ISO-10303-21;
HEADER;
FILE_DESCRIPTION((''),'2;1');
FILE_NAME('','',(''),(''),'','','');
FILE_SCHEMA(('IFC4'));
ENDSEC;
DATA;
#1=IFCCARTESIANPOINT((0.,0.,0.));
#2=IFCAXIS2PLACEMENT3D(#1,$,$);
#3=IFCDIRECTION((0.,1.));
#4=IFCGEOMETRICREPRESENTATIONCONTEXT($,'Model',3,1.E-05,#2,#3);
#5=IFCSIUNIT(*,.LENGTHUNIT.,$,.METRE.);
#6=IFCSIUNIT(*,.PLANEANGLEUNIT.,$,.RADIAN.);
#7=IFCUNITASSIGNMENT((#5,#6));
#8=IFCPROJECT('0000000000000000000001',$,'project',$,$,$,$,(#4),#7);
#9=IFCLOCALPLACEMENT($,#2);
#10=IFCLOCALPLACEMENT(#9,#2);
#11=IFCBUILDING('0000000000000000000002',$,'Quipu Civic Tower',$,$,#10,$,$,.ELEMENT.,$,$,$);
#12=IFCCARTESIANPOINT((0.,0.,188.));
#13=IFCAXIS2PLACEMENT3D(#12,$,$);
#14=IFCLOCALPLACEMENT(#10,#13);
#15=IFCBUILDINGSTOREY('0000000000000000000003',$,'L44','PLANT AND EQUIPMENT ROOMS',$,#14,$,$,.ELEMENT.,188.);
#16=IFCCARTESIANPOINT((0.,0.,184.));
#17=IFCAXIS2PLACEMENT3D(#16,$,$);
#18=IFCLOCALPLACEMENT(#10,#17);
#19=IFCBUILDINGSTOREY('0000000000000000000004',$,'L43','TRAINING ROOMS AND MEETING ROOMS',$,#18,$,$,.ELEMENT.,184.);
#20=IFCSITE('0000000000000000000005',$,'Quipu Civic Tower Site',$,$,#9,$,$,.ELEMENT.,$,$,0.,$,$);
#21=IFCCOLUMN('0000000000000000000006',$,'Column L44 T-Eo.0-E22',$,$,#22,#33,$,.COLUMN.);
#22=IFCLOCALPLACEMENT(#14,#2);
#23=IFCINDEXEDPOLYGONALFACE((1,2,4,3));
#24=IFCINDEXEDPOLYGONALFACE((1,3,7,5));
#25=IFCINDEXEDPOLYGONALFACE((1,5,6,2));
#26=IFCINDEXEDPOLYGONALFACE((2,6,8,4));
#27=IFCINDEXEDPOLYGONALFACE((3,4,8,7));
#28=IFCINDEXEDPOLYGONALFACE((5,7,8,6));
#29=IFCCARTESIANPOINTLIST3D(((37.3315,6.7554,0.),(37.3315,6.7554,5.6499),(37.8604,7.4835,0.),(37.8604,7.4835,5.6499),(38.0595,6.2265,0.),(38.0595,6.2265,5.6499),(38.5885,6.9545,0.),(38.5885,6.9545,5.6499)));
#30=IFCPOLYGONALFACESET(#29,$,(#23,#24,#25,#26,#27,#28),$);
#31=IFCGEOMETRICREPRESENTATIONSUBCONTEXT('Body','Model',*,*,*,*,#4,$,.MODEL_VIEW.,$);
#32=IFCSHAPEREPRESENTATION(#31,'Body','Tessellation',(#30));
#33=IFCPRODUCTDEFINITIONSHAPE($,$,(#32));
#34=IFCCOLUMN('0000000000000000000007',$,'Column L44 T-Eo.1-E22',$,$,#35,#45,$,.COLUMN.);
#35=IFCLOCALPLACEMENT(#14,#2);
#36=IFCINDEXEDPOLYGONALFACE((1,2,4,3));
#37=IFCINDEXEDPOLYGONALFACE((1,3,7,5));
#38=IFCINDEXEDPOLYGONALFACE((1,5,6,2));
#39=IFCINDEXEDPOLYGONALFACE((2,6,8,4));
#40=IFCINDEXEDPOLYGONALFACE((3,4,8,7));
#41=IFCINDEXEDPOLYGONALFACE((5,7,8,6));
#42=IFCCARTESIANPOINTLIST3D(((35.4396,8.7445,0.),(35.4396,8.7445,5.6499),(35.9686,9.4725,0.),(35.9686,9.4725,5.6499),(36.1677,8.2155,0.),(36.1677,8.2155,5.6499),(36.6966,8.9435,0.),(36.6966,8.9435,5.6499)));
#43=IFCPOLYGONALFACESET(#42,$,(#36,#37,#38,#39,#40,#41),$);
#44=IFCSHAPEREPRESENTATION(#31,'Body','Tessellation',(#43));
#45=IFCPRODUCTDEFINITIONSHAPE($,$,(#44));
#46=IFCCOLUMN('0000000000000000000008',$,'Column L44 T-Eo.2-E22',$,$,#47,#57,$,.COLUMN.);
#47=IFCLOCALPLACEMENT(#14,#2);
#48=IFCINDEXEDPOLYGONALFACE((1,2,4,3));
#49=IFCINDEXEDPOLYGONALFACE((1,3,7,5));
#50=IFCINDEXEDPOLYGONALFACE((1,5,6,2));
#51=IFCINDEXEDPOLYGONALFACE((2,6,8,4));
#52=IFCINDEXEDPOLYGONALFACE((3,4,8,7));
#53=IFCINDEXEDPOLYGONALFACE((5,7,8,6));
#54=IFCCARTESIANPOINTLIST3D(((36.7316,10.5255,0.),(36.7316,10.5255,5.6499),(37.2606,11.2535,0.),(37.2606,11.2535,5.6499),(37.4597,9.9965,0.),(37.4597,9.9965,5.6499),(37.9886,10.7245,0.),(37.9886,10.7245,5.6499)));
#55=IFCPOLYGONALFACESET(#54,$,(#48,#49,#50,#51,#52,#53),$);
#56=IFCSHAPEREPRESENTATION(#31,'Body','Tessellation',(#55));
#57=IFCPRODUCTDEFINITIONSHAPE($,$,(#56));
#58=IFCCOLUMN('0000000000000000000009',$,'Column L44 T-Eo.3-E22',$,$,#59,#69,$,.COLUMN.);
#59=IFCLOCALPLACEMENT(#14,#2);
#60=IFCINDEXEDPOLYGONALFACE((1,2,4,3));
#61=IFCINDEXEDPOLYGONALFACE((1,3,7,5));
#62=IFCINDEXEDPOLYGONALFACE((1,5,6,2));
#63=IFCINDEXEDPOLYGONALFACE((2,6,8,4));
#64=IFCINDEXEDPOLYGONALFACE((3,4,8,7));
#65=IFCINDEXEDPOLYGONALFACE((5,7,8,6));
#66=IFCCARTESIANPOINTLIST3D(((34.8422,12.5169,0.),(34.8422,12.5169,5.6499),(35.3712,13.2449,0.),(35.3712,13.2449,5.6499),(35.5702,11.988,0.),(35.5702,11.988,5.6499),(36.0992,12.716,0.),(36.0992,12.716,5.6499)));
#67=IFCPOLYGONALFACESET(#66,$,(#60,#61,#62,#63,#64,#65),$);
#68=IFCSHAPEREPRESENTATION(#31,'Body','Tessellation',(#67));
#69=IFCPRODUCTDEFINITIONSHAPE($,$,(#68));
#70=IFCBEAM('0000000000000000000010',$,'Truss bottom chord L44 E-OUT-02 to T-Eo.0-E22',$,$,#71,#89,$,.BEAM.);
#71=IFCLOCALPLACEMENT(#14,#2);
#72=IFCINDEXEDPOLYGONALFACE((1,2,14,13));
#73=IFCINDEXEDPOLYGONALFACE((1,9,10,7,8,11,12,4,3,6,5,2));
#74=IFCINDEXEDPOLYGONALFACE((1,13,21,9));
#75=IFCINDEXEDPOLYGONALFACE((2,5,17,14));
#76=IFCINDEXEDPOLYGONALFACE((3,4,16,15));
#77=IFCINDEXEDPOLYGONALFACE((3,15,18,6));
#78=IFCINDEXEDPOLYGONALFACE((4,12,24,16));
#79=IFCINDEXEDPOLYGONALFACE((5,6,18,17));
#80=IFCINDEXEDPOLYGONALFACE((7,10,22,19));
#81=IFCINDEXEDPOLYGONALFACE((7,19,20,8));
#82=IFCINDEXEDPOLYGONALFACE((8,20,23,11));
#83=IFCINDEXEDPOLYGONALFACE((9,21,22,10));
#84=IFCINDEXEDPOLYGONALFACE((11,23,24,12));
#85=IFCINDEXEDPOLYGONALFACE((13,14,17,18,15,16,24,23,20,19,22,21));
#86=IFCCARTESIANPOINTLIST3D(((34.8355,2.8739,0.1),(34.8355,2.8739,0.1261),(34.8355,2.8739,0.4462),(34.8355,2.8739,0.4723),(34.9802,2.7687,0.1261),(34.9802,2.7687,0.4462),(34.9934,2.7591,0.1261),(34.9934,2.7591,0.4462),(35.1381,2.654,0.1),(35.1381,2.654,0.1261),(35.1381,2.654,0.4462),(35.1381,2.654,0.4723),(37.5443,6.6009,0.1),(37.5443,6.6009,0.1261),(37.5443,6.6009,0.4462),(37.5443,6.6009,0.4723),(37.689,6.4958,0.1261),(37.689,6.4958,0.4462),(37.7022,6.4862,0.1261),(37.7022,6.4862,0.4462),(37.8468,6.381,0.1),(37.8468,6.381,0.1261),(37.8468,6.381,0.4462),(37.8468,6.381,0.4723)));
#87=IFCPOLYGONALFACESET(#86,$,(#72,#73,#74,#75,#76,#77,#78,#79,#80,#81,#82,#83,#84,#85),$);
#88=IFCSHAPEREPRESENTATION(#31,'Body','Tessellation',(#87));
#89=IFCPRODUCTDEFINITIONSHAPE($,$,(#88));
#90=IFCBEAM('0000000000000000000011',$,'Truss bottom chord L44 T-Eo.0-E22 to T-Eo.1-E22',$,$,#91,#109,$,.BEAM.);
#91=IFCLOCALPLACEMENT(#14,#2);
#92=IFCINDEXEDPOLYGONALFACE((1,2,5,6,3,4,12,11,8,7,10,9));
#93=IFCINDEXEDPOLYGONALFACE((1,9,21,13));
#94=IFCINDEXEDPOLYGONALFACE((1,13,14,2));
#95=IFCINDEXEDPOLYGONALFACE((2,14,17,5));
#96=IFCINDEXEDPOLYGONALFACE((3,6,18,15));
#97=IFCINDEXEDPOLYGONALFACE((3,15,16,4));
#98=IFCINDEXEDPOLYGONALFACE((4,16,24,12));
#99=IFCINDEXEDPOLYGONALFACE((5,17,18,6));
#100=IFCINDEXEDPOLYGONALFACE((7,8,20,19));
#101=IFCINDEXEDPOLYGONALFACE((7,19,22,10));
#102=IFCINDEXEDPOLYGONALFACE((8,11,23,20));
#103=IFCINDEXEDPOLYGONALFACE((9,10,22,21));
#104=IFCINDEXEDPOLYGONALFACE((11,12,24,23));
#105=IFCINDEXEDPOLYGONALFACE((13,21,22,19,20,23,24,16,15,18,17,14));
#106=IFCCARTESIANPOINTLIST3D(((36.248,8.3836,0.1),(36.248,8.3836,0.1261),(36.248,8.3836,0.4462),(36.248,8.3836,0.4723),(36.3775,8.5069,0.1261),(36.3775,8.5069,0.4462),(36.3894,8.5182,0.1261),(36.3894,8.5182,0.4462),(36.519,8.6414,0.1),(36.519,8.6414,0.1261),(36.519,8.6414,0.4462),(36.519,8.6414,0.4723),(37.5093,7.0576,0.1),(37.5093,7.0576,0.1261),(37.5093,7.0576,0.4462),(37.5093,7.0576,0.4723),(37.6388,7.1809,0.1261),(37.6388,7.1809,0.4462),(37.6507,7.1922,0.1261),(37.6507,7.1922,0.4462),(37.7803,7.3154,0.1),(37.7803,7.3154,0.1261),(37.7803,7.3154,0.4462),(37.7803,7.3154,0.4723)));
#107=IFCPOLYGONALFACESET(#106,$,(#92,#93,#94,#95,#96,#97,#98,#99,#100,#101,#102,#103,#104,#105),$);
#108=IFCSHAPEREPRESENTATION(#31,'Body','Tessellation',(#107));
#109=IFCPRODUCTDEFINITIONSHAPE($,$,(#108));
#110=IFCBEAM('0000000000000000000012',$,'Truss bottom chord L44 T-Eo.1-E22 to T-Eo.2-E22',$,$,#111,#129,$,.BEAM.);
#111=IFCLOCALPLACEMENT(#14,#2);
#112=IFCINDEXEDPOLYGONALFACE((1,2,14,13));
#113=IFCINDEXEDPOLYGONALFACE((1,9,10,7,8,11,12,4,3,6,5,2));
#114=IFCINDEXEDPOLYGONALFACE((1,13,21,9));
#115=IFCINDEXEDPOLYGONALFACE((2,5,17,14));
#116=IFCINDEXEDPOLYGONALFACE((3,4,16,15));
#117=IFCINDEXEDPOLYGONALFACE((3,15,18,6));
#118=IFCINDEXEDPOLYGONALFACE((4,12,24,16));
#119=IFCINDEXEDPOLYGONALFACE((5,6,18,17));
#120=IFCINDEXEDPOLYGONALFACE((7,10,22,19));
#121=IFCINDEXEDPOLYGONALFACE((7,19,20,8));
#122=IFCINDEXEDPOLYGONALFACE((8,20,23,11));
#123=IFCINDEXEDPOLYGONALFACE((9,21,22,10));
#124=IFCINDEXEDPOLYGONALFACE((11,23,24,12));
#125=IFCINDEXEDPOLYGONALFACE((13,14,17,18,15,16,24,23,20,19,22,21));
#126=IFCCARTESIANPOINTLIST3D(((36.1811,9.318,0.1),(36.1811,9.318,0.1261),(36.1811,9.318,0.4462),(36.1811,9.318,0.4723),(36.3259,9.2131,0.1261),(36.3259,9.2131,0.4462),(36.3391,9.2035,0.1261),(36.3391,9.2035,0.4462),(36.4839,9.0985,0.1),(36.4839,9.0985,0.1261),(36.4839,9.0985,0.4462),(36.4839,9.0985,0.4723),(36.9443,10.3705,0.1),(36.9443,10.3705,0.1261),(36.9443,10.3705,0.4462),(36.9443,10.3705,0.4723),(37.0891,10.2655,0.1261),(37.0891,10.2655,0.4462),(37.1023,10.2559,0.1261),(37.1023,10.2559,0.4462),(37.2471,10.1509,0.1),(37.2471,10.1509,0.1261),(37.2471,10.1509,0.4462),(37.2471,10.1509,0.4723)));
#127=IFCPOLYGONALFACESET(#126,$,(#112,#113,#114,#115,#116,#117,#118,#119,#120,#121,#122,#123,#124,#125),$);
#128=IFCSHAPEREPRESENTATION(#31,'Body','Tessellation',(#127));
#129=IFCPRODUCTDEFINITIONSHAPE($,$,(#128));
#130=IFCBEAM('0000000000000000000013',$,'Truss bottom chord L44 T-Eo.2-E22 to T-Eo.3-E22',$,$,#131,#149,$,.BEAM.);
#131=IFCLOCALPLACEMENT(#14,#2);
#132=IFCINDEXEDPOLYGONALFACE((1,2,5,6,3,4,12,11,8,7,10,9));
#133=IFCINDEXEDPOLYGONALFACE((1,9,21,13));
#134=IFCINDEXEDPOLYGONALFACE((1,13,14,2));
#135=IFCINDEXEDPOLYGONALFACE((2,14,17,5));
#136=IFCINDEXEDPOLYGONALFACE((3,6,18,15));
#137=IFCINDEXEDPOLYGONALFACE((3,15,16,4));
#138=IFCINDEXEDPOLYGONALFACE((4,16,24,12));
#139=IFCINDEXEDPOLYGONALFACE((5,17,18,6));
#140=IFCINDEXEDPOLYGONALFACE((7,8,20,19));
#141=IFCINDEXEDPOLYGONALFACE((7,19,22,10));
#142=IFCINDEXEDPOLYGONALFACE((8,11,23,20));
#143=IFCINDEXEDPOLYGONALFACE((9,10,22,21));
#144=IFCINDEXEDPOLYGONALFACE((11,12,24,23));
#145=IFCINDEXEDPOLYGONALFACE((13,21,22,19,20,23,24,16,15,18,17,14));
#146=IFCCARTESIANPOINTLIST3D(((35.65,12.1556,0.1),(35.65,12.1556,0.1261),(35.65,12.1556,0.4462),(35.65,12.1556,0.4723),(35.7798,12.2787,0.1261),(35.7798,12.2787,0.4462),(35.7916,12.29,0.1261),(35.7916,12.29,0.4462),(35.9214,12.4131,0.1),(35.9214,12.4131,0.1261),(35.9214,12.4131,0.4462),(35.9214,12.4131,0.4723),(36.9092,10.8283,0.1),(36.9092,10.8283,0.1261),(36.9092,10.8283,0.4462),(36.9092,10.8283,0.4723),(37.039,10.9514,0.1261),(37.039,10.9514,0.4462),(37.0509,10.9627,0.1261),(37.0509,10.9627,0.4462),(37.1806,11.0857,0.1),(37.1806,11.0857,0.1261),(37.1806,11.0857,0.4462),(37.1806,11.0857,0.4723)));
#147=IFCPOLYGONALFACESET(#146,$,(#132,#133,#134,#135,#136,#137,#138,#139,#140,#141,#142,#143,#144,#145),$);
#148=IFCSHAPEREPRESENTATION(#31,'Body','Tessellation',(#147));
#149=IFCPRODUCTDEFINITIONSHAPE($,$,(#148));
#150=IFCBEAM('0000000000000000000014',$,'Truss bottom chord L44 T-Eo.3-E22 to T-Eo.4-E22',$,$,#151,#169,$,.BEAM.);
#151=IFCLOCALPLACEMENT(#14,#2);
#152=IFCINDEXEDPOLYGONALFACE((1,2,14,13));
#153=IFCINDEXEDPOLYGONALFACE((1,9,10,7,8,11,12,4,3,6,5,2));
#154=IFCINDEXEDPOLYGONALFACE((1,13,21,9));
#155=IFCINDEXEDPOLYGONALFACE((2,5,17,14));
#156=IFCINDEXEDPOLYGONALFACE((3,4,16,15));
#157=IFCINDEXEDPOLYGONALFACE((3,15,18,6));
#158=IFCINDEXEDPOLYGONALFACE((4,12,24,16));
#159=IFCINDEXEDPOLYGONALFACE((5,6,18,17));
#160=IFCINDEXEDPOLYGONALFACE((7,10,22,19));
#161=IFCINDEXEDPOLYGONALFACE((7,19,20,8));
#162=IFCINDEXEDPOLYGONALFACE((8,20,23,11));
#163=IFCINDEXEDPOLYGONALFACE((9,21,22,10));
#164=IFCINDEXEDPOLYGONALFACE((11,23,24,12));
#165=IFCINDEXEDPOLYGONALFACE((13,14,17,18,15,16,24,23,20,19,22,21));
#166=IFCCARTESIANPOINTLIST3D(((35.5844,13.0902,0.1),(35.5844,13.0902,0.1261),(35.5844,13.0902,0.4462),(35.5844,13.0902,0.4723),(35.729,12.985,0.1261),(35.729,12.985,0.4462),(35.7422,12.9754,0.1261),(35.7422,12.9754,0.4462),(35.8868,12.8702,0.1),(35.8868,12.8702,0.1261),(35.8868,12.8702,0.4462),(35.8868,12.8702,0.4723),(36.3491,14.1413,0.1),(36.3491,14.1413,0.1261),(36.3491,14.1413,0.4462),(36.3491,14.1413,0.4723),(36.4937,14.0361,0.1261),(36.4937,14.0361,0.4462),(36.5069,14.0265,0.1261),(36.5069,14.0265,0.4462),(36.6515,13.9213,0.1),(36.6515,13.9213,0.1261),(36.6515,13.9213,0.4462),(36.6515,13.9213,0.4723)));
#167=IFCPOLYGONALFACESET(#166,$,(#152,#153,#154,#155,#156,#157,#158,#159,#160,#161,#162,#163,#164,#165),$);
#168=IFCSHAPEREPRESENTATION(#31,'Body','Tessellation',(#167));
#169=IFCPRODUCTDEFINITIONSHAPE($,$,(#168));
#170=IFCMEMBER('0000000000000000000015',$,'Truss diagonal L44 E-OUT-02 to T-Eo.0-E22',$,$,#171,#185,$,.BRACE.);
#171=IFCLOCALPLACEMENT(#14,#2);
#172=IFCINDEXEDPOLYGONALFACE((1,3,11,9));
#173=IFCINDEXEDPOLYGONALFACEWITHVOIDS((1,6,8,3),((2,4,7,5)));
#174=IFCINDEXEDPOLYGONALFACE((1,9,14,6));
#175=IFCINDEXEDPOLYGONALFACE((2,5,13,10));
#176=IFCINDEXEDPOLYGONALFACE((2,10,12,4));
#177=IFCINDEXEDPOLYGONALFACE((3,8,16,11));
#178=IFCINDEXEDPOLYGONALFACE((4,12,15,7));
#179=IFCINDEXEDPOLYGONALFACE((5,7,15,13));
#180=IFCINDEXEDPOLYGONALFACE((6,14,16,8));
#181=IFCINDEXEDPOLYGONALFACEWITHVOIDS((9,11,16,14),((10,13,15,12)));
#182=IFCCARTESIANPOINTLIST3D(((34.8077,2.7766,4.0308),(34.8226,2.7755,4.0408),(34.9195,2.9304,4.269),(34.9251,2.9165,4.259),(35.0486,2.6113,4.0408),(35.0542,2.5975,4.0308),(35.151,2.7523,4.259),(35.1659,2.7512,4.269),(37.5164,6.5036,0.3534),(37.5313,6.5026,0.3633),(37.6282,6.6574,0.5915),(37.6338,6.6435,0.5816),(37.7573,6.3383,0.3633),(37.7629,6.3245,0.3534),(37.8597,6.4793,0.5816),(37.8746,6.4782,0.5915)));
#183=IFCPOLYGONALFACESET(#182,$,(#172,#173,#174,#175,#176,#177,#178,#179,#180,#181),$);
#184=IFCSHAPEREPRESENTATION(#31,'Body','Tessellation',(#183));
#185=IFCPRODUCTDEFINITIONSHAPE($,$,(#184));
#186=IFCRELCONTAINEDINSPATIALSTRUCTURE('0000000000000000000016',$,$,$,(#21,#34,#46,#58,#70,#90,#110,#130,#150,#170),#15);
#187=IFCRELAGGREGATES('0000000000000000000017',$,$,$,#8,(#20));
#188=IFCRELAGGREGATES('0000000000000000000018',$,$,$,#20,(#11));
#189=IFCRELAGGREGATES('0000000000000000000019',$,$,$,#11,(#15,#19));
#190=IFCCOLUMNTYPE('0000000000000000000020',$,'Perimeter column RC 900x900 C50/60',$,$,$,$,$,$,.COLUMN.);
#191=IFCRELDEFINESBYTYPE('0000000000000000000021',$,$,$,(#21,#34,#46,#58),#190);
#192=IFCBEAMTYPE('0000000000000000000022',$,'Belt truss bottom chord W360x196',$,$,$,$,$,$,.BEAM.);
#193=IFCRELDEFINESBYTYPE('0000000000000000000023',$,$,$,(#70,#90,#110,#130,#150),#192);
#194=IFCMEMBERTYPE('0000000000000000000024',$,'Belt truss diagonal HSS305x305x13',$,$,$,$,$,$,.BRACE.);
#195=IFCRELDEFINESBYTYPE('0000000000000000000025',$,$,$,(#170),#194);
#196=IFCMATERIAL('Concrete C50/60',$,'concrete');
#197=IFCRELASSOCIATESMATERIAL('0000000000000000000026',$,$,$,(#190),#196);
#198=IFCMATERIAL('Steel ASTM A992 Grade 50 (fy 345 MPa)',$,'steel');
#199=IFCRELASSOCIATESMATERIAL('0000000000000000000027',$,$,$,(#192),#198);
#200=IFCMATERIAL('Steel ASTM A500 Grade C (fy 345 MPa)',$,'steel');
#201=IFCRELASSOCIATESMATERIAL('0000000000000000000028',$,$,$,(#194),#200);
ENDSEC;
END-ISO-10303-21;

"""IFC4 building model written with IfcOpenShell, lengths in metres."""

from ifc_helpers import new_model, si_unit, direction, frame, origin, origin_2d, place, context, subcontext, project, spatial, rectangle, hollow_rectangle, i_section, extrude, material, material_profile, profile_set, type_object, element, save


model = new_model("IFC4")

# Units and contexts
model_context = context("Model", 3, precision=1e-05, world=origin(), true_north=direction((0.0, 1.0)))
body_context = subcontext(model_context, "Body", "Model", "MODEL_VIEW")
ifc_project = project(units=[si_unit("LENGTHUNIT", "METRE"), si_unit("PLANEANGLEUNIT", "RADIAN")], contexts=[model_context])

# Site, building, storey
site_placement = place(None, origin())
site = spatial("IfcSite", under=ifc_project, at=site_placement, Name="Quipu Civic Tower Site", CompositionType="ELEMENT", RefElevation=0.0)
building_placement = place(site_placement, origin())
building = spatial("IfcBuilding", under=site, at=building_placement, Name="Quipu Civic Tower", CompositionType="ELEMENT")
storey_1_placement = place(building_placement, frame((0.0, 0.0, 188.0)))
storey_1 = spatial("IfcBuildingStorey", under=building, at=storey_1_placement, Name="L44", Description="PLANT AND EQUIPMENT ROOMS", CompositionType="ELEMENT", Elevation=188.0)

# Columns
ifc_material_1 = material(Name="Concrete C50/60", Category="concrete")
ifc_material_profile_1 = material_profile(ifc_material_1, rectangle(XDim=0.8999, YDim=0.8999, at=origin_2d()), Name="RC900x900")
ifc_profile_set_1 = profile_set([ifc_material_profile_1], Name="Concrete C50/60")
column_type = type_object("IfcColumnType", Name="Perimeter column RC 900x900 C50/60", PredefinedType="COLUMN", material=ifc_profile_set_1)
for number, where, z_axis, x_axis, name in (
    (1, (37.96, 6.855, 0.0), (0.0, 0.0, 1.0), (0.587785, 0.809017, 0.0), "Column L44 T-Eo.0-E22"),
    (2, (36.0681, 8.844, 0.0), (0.0, 0.0, 1.0), (0.587785, 0.809017, 0.0), "Column L44 T-Eo.1-E22"),
    (3, (37.3601, 10.625, 0.0), (0.0, 0.0, 1.0), (0.587785, 0.809017, 0.0), "Column L44 T-Eo.2-E22"),
    (4, (35.4707, 12.6165, 0.0), (0.0, 0.0, 1.0), (-0.809017, 0.587785, 0.0), "Column L44 T-Eo.3-E22"),
):
    element("IfcColumn", number, at=place(storey_1_placement, frame(where, z_axis=z_axis, x_axis=x_axis)), inside=storey_1, type_object=column_type, Name=name, PredefinedType="COLUMN", context=body_context, shape_type="SweptSolid", body=[
        extrude(rectangle(XDim=0.8999, YDim=0.8999, at=origin_2d()), origin(), (0.0, 0.0, 1.0), 5.6499),
    ])

# Beams
ifc_material_2 = material(Name="Steel ASTM A992 Grade 50 (fy 345 MPa)", Category="steel")
ifc_material_profile_2 = material_profile(ifc_material_2, i_section(OverallWidth=0.374, OverallDepth=0.3723, WebThickness=0.0164, FlangeThickness=0.0261, at=origin_2d()), Name="W360x196")
ifc_profile_set_2 = profile_set([ifc_material_profile_2], Name="Steel ASTM A992 Grade 50 (fy 345 MPa)")
beam_type_1 = type_object("IfcBeamType", Name="Belt truss bottom chord W360x196", PredefinedType="BEAM", material=ifc_profile_set_2)
beam_1_placement = place(storey_1_placement, frame((34.9868, 2.7639, 0.2861), z_axis=(0.58791, 0.808926, 0.0), x_axis=(-0.808926, 0.58791, 0.0)))
element("IfcBeam", 5, at=beam_1_placement, inside=storey_1, type_object=beam_type_1, Name="Truss bottom chord L44 E-OUT-02 to T-Eo.0-E22", PredefinedType="BEAM", context=body_context, shape_type="SweptSolid", body=[
    extrude(i_section(OverallWidth=0.374, OverallDepth=0.3723, WebThickness=0.0164, FlangeThickness=0.0261, at=origin_2d()), origin(), (0.0, 0.0, 1.0), 4.6074),
])
beam_2_placement = place(storey_1_placement, frame((37.6448, 7.1865, 0.2861), z_axis=(-0.689209, 0.724563, 0.0), x_axis=(-0.724563, -0.689209, 0.0)))
element("IfcBeam", 6, at=beam_2_placement, inside=storey_1, type_object=beam_type_1, Name="Truss bottom chord L44 T-Eo.0-E22 to T-Eo.1-E22", PredefinedType="BEAM", context=body_context, shape_type="SweptSolid", body=[
    extrude(i_section(OverallWidth=0.374, OverallDepth=0.3723, WebThickness=0.0164, FlangeThickness=0.0261, at=origin_2d()), origin(), (0.0, 0.0, 1.0), 1.8301),
])
beam_3_placement = place(storey_1_placement, frame((36.3325, 9.2083, 0.2861), z_axis=(0.587032, 0.809564, 0.0), x_axis=(-0.809564, 0.587032, 0.0)))
element("IfcBeam", 7, at=beam_3_placement, inside=storey_1, type_object=beam_type_1, Name="Truss bottom chord L44 T-Eo.1-E22 to T-Eo.2-E22", PredefinedType="BEAM", context=body_context, shape_type="SweptSolid", body=[
    extrude(i_section(OverallWidth=0.374, OverallDepth=0.3723, WebThickness=0.0164, FlangeThickness=0.0261, at=origin_2d()), origin(), (0.0, 0.0, 1.0), 1.3),
])
beam_4_placement = place(storey_1_placement, frame((37.0449, 10.957, 0.2861), z_axis=(-0.688248, 0.725476, 0.0), x_axis=(-0.725476, -0.688248, 0.0)))
element("IfcBeam", 8, at=beam_4_placement, inside=storey_1, type_object=beam_type_1, Name="Truss bottom chord L44 T-Eo.2-E22 to T-Eo.3-E22", PredefinedType="BEAM", context=body_context, shape_type="SweptSolid", body=[
    extrude(i_section(OverallWidth=0.374, OverallDepth=0.3723, WebThickness=0.0164, FlangeThickness=0.0261, at=origin_2d()), origin(), (0.0, 0.0, 1.0), 1.8296),
])
beam_5_placement = place(storey_1_placement, frame((35.7356, 12.9802, 0.2861), z_axis=(0.588306, 0.808639, 0.0), x_axis=(-0.808639, 0.588306, 0.0)))
element("IfcBeam", 9, at=beam_5_placement, inside=storey_1, type_object=beam_type_1, Name="Truss bottom chord L44 T-Eo.3-E22 to T-Eo.4-E22", PredefinedType="BEAM", context=body_context, shape_type="SweptSolid", body=[
    extrude(i_section(OverallWidth=0.374, OverallDepth=0.3723, WebThickness=0.0164, FlangeThickness=0.0261, at=origin_2d()), origin(), (0.0, 0.0, 1.0), 1.2998),
])

# Member
ifc_material_3 = material(Name="Steel ASTM A500 Grade C (fy 345 MPa)", Category="steel")
ifc_material_profile_3 = material_profile(ifc_material_3, hollow_rectangle(XDim=0.3047, YDim=0.3047, WallThickness=0.0127, at=origin_2d()), Name="HSS305x305x13")
ifc_profile_set_3 = profile_set([ifc_material_profile_3], Name="Steel ASTM A500 Grade C (fy 345 MPa)")
member_type_1 = type_object("IfcMemberType", Name="Belt truss diagonal HSS305x305x13", PredefinedType="BRACE", material=ifc_profile_set_3)
member_1_placement = place(storey_1_placement, frame((34.9868, 2.7639, 4.1499), z_axis=(0.459491, 0.632229, -0.623822), x_axis=(-0.808926, 0.58791, 0.0)))
element("IfcMember", 10, at=member_1_placement, inside=storey_1, type_object=member_type_1, Name="Truss diagonal L44 E-OUT-02 to T-Eo.0-E22", PredefinedType="BRACE", context=body_context, shape_type="SweptSolid", body=[
    extrude(hollow_rectangle(XDim=0.3047, YDim=0.3047, WallThickness=0.0127, at=origin_2d()), origin(), (0.0, 0.0, 1.0), 5.895),
])

# Shared definitions
storey_2_placement = place(building_placement, frame((0.0, 0.0, 184.0)))
storey_2 = spatial("IfcBuildingStorey", under=building, at=storey_2_placement, Name="L43", Description="TRAINING ROOMS AND MEETING ROOMS", CompositionType="ELEMENT", Elevation=184.0)

save(model, "model.ifc")
